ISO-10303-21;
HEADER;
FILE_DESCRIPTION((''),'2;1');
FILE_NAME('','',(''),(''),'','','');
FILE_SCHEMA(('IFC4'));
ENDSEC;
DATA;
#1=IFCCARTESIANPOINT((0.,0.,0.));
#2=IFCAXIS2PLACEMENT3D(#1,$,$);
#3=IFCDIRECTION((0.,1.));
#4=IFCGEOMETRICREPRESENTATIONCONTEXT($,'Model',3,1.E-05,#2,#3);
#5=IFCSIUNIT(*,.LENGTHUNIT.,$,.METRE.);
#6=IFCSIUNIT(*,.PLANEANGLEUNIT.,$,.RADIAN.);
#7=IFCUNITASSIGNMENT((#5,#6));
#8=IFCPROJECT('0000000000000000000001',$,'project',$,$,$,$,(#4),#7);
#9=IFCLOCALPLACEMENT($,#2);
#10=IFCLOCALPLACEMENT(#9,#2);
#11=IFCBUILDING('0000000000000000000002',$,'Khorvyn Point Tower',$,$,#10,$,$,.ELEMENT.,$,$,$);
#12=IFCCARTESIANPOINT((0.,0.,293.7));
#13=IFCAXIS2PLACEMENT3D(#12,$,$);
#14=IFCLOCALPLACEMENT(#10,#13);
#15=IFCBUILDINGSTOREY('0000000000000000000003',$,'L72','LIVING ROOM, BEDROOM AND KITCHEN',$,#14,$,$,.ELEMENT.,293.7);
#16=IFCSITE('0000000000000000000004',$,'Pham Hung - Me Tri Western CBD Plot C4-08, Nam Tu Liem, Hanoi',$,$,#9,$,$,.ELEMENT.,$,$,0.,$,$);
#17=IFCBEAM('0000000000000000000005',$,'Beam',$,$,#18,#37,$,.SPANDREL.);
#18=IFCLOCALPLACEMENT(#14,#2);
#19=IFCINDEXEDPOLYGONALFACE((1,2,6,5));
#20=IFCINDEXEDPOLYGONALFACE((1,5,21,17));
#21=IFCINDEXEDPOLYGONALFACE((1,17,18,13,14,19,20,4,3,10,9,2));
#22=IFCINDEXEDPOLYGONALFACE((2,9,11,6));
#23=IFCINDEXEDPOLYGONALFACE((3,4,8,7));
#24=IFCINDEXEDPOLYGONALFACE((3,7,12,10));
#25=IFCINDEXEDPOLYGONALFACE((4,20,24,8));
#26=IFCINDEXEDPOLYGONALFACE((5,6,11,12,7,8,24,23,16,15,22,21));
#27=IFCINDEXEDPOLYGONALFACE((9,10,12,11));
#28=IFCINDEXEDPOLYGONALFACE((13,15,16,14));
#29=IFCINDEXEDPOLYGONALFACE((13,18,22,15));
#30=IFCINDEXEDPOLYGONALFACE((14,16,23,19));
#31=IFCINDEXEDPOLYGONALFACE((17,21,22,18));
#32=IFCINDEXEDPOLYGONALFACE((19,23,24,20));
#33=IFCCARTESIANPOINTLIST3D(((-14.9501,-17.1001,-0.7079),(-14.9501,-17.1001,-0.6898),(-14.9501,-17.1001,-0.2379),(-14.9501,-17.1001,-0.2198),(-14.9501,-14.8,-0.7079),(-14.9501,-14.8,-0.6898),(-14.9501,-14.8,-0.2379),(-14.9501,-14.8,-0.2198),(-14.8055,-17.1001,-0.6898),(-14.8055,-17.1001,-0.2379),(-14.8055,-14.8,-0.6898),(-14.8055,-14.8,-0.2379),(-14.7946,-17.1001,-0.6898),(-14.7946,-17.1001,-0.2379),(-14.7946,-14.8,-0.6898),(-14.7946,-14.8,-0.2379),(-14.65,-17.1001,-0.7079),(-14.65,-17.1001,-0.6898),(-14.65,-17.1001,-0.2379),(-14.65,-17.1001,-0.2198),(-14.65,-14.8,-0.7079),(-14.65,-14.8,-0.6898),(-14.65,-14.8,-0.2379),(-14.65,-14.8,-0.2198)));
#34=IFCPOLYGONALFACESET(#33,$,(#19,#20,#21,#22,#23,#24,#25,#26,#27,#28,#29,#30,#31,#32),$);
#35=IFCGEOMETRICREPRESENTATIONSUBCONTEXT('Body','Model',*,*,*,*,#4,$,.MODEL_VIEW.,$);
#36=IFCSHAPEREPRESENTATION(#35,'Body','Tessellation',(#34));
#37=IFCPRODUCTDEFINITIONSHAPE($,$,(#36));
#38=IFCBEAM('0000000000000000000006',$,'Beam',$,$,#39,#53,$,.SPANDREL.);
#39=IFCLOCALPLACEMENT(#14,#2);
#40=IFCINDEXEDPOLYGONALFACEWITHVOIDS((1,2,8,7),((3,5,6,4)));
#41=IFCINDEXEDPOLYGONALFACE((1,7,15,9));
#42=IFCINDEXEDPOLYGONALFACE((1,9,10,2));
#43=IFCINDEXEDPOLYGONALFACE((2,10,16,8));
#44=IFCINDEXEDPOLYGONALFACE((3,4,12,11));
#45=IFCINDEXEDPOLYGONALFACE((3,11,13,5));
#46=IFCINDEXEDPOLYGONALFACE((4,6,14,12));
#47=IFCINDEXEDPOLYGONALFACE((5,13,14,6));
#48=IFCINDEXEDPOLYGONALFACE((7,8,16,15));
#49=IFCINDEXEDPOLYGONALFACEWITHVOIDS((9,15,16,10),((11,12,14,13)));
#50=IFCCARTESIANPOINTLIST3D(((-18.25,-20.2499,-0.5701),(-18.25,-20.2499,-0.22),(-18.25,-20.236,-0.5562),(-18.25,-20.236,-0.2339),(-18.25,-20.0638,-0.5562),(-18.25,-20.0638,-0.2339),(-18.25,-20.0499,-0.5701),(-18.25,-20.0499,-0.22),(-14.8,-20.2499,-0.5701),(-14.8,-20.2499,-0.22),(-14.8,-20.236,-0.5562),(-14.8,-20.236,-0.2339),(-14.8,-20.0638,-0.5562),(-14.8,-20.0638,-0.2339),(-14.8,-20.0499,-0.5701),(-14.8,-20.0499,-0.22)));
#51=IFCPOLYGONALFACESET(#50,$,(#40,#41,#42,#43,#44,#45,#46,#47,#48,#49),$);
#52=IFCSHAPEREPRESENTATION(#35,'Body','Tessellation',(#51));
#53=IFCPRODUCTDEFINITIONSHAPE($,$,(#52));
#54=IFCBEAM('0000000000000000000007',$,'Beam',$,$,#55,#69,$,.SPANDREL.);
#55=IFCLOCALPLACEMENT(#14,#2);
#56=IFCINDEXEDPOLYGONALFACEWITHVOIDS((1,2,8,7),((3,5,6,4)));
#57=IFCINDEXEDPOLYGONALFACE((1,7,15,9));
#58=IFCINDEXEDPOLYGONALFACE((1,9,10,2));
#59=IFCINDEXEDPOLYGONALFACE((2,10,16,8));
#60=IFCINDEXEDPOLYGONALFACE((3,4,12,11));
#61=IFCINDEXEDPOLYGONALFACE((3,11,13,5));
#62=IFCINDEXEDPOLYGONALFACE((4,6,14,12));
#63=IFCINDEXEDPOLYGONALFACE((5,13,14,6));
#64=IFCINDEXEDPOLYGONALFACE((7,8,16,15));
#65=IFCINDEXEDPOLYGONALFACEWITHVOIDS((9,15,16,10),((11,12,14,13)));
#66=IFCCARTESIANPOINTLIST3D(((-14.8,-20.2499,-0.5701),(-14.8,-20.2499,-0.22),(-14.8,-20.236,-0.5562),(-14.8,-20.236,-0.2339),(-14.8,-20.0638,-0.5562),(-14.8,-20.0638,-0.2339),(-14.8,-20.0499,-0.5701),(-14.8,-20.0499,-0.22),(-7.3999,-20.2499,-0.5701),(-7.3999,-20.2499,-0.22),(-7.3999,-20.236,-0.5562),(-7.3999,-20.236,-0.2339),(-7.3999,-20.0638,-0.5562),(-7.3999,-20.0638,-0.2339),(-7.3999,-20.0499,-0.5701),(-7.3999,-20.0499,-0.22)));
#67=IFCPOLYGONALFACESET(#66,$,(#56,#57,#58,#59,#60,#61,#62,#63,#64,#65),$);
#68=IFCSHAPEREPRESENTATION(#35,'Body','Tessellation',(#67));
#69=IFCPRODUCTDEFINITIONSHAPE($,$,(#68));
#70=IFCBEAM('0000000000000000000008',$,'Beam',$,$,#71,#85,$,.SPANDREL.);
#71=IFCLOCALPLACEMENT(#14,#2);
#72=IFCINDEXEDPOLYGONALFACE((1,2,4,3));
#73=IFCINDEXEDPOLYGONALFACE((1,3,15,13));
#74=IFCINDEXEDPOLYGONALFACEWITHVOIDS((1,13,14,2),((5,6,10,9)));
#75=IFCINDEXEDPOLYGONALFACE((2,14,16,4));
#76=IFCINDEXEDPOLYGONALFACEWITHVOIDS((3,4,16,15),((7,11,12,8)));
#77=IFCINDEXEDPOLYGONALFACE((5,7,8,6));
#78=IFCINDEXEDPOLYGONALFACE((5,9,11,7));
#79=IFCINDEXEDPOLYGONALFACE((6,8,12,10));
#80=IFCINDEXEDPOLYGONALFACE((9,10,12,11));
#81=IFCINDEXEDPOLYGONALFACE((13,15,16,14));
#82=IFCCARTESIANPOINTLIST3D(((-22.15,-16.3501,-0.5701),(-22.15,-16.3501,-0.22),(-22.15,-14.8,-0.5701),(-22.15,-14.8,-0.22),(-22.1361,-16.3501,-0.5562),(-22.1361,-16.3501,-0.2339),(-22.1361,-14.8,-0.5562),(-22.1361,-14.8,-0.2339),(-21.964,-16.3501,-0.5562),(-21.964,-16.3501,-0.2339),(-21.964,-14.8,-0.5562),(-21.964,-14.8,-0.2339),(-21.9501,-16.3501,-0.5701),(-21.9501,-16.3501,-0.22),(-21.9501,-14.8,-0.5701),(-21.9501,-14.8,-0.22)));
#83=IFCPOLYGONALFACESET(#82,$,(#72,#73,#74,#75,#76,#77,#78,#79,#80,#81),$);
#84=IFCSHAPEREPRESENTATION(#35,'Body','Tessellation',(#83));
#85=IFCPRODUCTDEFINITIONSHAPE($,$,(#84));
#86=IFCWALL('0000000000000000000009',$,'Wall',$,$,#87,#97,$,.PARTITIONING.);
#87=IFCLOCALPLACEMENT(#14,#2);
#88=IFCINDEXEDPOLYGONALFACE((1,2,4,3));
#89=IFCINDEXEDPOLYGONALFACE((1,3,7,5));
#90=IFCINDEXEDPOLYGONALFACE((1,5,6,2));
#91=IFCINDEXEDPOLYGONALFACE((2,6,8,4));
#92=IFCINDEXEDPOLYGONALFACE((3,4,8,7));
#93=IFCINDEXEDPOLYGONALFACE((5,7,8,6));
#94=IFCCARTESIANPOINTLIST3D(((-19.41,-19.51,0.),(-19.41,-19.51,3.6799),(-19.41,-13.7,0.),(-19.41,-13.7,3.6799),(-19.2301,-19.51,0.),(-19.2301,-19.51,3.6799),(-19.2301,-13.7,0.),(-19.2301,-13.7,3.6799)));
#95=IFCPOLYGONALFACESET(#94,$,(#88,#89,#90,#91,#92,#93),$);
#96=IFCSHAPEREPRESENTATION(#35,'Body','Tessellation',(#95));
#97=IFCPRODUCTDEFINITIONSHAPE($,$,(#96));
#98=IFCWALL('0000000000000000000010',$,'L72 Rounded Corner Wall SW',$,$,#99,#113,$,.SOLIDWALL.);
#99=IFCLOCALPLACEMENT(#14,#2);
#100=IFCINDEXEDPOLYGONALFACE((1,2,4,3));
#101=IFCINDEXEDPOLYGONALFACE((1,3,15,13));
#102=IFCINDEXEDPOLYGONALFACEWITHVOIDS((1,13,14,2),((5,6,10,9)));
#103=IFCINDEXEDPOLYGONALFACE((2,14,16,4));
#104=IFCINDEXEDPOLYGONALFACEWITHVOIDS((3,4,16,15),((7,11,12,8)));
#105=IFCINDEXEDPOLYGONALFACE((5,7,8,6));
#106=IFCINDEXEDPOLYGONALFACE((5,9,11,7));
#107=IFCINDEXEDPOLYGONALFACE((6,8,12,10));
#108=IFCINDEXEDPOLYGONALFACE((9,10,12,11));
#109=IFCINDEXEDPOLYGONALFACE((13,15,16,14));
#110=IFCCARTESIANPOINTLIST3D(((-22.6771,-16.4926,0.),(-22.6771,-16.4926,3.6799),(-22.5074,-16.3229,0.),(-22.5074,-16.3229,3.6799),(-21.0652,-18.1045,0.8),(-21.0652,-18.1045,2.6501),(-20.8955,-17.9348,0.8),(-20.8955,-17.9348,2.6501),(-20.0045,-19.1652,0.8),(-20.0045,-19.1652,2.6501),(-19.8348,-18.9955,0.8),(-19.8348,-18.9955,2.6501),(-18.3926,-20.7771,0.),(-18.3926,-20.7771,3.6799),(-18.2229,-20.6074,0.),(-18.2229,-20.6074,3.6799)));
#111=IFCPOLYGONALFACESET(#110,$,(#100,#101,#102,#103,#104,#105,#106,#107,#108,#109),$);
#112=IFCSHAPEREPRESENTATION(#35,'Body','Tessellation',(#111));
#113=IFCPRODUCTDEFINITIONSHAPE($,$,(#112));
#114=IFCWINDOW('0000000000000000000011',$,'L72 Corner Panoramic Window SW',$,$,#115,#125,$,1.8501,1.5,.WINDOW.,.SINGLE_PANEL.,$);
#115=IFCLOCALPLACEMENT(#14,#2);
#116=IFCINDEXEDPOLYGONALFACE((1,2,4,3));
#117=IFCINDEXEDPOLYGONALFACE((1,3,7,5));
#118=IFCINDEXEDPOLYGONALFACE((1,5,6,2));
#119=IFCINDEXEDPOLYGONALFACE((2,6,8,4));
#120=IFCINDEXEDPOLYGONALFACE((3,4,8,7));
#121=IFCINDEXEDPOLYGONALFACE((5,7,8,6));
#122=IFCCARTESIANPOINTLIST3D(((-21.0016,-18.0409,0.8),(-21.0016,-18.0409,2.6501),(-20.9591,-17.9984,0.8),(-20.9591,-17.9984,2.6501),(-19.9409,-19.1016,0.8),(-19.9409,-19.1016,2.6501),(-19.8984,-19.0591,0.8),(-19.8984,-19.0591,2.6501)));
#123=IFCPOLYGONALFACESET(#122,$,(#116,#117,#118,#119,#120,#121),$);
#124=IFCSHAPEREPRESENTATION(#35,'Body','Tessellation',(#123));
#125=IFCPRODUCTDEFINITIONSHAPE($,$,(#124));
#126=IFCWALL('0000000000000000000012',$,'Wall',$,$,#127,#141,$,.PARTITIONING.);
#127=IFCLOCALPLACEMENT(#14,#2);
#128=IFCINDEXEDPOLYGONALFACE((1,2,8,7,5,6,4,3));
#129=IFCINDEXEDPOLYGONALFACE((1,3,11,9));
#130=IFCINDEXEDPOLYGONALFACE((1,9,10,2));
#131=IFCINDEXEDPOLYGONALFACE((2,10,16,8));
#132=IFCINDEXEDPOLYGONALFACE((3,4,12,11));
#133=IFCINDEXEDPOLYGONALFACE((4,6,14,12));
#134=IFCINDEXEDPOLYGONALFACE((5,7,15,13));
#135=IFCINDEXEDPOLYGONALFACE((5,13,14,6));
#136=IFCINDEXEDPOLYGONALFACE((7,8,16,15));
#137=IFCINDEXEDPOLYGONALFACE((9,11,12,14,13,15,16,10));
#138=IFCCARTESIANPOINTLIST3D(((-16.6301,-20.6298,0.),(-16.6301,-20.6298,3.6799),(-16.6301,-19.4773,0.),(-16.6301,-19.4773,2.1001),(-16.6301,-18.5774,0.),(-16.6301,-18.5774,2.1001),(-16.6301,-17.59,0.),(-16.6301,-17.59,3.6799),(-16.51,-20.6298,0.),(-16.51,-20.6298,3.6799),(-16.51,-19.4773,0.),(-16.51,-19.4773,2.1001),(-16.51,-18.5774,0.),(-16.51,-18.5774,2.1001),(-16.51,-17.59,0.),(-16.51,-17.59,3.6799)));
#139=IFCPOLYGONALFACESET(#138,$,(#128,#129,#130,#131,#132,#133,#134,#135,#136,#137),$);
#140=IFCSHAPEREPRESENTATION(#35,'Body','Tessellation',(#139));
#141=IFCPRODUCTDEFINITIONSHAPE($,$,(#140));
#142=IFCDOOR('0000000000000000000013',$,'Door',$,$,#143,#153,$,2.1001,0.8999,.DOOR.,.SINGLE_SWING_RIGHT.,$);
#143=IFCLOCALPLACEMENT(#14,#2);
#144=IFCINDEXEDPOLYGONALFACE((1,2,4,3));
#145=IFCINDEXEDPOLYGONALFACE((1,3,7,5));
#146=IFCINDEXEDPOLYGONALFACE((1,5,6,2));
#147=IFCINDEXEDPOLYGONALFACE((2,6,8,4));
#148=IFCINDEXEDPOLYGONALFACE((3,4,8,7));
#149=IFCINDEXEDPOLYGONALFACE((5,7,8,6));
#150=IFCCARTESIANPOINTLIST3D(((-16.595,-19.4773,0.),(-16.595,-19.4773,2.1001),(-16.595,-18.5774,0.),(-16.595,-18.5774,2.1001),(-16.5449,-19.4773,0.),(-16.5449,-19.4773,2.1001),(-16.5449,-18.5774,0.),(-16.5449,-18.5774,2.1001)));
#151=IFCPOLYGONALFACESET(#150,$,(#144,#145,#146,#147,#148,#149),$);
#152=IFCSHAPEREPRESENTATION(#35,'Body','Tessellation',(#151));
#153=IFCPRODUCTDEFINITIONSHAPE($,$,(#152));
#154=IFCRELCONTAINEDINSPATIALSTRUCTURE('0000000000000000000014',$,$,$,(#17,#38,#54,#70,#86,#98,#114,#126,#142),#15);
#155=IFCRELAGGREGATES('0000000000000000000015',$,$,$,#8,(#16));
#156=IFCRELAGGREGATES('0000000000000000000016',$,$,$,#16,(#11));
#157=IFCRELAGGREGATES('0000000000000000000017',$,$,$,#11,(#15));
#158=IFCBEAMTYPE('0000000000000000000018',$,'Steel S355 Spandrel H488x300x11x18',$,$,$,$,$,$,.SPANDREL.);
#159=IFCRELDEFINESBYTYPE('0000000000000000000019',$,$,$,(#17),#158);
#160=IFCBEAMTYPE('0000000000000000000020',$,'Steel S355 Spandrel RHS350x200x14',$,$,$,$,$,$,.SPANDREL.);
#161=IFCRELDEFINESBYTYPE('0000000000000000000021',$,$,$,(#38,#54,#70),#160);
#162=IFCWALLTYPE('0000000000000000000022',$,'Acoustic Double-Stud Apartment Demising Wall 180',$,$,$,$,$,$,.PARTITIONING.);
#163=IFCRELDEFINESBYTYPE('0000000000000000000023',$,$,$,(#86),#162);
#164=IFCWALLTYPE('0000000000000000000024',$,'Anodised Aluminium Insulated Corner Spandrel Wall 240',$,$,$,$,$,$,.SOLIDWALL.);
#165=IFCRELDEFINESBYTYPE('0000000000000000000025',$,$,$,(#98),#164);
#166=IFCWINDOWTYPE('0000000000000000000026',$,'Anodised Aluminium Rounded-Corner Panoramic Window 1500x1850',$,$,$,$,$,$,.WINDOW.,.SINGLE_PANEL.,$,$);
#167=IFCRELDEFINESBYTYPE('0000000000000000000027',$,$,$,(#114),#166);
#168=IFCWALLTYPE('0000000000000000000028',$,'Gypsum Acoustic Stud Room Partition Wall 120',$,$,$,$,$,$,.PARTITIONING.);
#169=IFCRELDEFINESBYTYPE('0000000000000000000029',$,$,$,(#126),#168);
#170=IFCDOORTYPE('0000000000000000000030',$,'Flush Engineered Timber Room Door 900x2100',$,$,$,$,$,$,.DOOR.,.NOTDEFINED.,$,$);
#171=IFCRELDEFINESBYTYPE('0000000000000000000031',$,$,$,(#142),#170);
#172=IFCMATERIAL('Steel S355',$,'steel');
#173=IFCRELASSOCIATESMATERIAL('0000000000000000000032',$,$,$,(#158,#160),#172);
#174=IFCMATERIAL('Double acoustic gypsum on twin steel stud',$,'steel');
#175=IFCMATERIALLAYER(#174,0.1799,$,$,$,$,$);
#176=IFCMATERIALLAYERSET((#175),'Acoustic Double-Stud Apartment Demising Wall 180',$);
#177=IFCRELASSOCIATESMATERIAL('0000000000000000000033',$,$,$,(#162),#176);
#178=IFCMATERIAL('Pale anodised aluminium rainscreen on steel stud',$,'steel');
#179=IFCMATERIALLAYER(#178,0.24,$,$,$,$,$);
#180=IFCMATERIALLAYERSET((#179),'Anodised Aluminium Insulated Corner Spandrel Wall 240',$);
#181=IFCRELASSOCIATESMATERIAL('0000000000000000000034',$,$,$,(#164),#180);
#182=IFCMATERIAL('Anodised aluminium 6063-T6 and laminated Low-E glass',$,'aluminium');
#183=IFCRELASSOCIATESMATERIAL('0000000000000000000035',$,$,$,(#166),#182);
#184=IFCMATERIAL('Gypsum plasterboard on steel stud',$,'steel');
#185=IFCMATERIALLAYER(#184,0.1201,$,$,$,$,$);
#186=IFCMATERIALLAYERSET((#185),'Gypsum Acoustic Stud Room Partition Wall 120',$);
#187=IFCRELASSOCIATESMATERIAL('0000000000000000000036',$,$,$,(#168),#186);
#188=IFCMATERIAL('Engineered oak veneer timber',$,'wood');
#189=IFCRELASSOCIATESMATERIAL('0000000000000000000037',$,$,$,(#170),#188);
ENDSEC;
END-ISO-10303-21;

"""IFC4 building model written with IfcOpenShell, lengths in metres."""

from ifc_helpers import new_model, si_unit, direction, frame, frame_2d, origin, origin_2d, place, context, subcontext, project, spatial, rectangle, hollow_rectangle, i_section, extrude, material, layer, layer_set, material_profile, profile_set, type_object, element, fill, save


model = new_model("IFC4")

# Units and contexts
model_context = context("Model", 3, precision=1e-05, world=origin(), true_north=direction((0.0, 1.0)))
body_context = subcontext(model_context, "Body", "Model", "MODEL_VIEW")
ifc_project = project(units=[si_unit("LENGTHUNIT", "METRE"), si_unit("PLANEANGLEUNIT", "RADIAN")], contexts=[model_context])

# Site, building, storey
site_placement = place(None, origin())
site = spatial("IfcSite", under=ifc_project, at=site_placement, Name="Pham Hung - Me Tri Western CBD Plot C4-08, Nam Tu Liem, Hanoi", CompositionType="ELEMENT", RefElevation=0.0)
building_placement = place(site_placement, origin())
building = spatial("IfcBuilding", under=site, at=building_placement, Name="Khorvyn Point Tower", CompositionType="ELEMENT")
storey_placement = place(building_placement, frame((0.0, 0.0, 293.7)))
storey = spatial("IfcBuildingStorey", under=building, at=storey_placement, Name="L72", Description="LIVING ROOM, BEDROOM AND KITCHEN", CompositionType="ELEMENT", Elevation=293.7)

# Shared definitions
ifc_material_1 = material(Name="Steel S355", Category="steel")

# Shared definitions
ifc_material_2 = material(Name="Anodised aluminium 6063-T6 and laminated Low-E glass", Category="aluminium")

# Beams
ifc_material_profile_1 = material_profile(ifc_material_1, i_section(OverallWidth=0.3, OverallDepth=0.488, WebThickness=0.011, FlangeThickness=0.0181, at=origin_2d()))
ifc_profile_set_1 = profile_set([ifc_material_profile_1], Name="Steel S355 H488x300x11x18")
beam_type_1 = type_object("IfcBeamType", Name="Steel S355 Spandrel H488x300x11x18", PredefinedType="SPANDREL", material=ifc_profile_set_1)
beam_1_placement = place(storey_placement, frame((-14.8, -17.1001, -0.4639), z_axis=(0.0, 1.0, 0.0), x_axis=(-1.0, 0.0, 0.0)))
element("IfcBeam", 1, at=beam_1_placement, inside=storey, type_object=beam_type_1, Name="Beam", PredefinedType="SPANDREL", context=body_context, shape_type="SweptSolid", body=[
    extrude(i_section(OverallWidth=0.3, OverallDepth=0.488, WebThickness=0.011, FlangeThickness=0.0181, at=origin_2d()), origin(), (0.0, 0.0, 1.0), 2.3),
])
ifc_material_profile_2 = material_profile(ifc_material_1, hollow_rectangle(XDim=0.2, YDim=0.3501, WallThickness=0.0139, at=origin_2d()))
ifc_profile_set_2 = profile_set([ifc_material_profile_2], Name="Steel S355 RHS350x200x14")
beam_type_2 = type_object("IfcBeamType", Name="Steel S355 Spandrel RHS350x200x14", PredefinedType="SPANDREL", material=ifc_profile_set_2)
beam_2_placement = place(storey_placement, frame((-18.25, -20.1499, -0.395), z_axis=(1.0, 0.0, 0.0), x_axis=(0.0, 1.0, 0.0)))
element("IfcBeam", 2, at=beam_2_placement, inside=storey, type_object=beam_type_2, Name="Beam", PredefinedType="SPANDREL", context=body_context, shape_type="SweptSolid", body=[
    extrude(hollow_rectangle(XDim=0.2, YDim=0.3501, WallThickness=0.0139, at=origin_2d()), origin(), (0.0, 0.0, 1.0), 3.45),
])
beam_3_placement = place(storey_placement, frame((-14.8, -20.1499, -0.395), z_axis=(1.0, 0.0, 0.0), x_axis=(0.0, 1.0, 0.0)))
element("IfcBeam", 3, at=beam_3_placement, inside=storey, type_object=beam_type_2, Name="Beam", PredefinedType="SPANDREL", context=body_context, shape_type="SweptSolid", body=[
    extrude(hollow_rectangle(XDim=0.2, YDim=0.3501, WallThickness=0.0139, at=origin_2d()), origin(), (0.0, 0.0, 1.0), 7.4001),
])
beam_4_placement = place(storey_placement, frame((-22.05, -16.3501, -0.395), z_axis=(0.0, 1.0, 0.0), x_axis=(-1.0, 0.0, 0.0)))
element("IfcBeam", 4, at=beam_4_placement, inside=storey, type_object=beam_type_2, Name="Beam", PredefinedType="SPANDREL", context=body_context, shape_type="SweptSolid", body=[
    extrude(hollow_rectangle(XDim=0.2, YDim=0.3501, WallThickness=0.0139, at=origin_2d()), origin(), (0.0, 0.0, 1.0), 1.55),
])

# Wall
ifc_material_3 = material(Name="Double acoustic gypsum on twin steel stud", Category="steel")
ifc_layer_1 = layer(ifc_material_3, 0.1799)
ifc_layer_set_1 = layer_set([ifc_layer_1], Name="Acoustic Double-Stud Apartment Demising Wall 180")
wall_type_1 = type_object("IfcWallType", Name="Acoustic Double-Stud Apartment Demising Wall 180", PredefinedType="PARTITIONING", material=ifc_layer_set_1)
wall_1_placement = place(storey_placement, frame((-19.3201, -19.51, 0.0), z_axis=(0.0, 0.0, 1.0), x_axis=(0.0, 1.0, 0.0)))
element("IfcWall", 5, at=wall_1_placement, inside=storey, type_object=wall_type_1, Name="Wall", PredefinedType="PARTITIONING", context=body_context, shape_type="SweptSolid", body=[
    extrude(rectangle(XDim=5.8101, YDim=0.1799, at=frame_2d((2.905, 0.0))), origin(), (0.0, 0.0, 1.0), 3.6799),
])

# Wall, opening, window
ifc_material_4 = material(Name="Pale anodised aluminium rainscreen on steel stud", Category="steel")
ifc_layer_2 = layer(ifc_material_4, 0.24)
ifc_layer_set_2 = layer_set([ifc_layer_2], Name="Anodised Aluminium Insulated Corner Spandrel Wall 240")
wall_type_2 = type_object("IfcWallType", Name="Anodised Aluminium Insulated Corner Spandrel Wall 240", PredefinedType="SOLIDWALL", material=ifc_layer_set_2)
wall_2_placement = place(storey_placement, frame((-18.3076, -20.6924, 0.0), z_axis=(0.0, 0.0, 1.0), x_axis=(-0.707107, 0.707107, 0.0)))
wall_2 = element("IfcWall", 6, at=wall_2_placement, inside=storey, type_object=wall_type_2, Name="L72 Rounded Corner Wall SW", PredefinedType="SOLIDWALL", context=body_context, shape_type="SweptSolid", body=[
    extrude(rectangle(XDim=6.0593, YDim=0.24, at=frame_2d((3.0298, 0.0))), origin(), (0.0, 0.0, 1.0), 3.6799),
])
opening_1_placement = place(wall_2_placement, frame((2.2798, 0.0, 0.8)))
opening_1 = element("IfcOpeningElement", 7, at=opening_1_placement, cuts=wall_2, PredefinedType="OPENING", context=body_context, shape_type="SweptSolid", body=[
    extrude(rectangle(XDim=1.5, YDim=1.8501, at=frame_2d((0.75, 0.925))), frame((0.0, 0.1299, 0.0), z_axis=(0.0, -1.0, 0.0), x_axis=(1.0, 0.0, 0.0)), (0.0, 0.0, 1.0), 0.26),
])
window_type = type_object("IfcWindowType", Name="Anodised Aluminium Rounded-Corner Panoramic Window 1500x1850", PartitioningType="SINGLE_PANEL", PredefinedType="WINDOW", material=ifc_material_2)
window_placement = place(opening_1_placement, origin())
window = element("IfcWindow", 8, at=window_placement, inside=storey, type_object=window_type, Name="L72 Corner Panoramic Window SW", OverallHeight=1.8501, OverallWidth=1.5, PartitioningType="SINGLE_PANEL", PredefinedType="WINDOW", context=body_context, shape_type="SweptSolid", body=[
    extrude(rectangle(XDim=1.5, YDim=1.8501, at=frame_2d((0.75, 0.925))), frame((0.0, 0.03, 0.0), z_axis=(0.0, -1.0, 0.0), x_axis=(1.0, 0.0, 0.0)), (0.0, 0.0, 1.0), 0.0601),
])
fill(opening_1, window)

# Wall, opening, door
ifc_material_5 = material(Name="Gypsum plasterboard on steel stud", Category="steel")
ifc_layer_3 = layer(ifc_material_5, 0.1201)
ifc_layer_set_3 = layer_set([ifc_layer_3], Name="Gypsum Acoustic Stud Room Partition Wall 120")
wall_type_3 = type_object("IfcWallType", Name="Gypsum Acoustic Stud Room Partition Wall 120", PredefinedType="PARTITIONING", material=ifc_layer_set_3)
wall_3_placement = place(storey_placement, frame((-16.5701, -20.6299, 0.0), z_axis=(0.0, 0.0, 1.0), x_axis=(0.0, 1.0, 0.0)))
wall_3 = element("IfcWall", 9, at=wall_3_placement, inside=storey, type_object=wall_type_3, Name="Wall", PredefinedType="PARTITIONING", context=body_context, shape_type="SweptSolid", body=[
    extrude(rectangle(XDim=3.0398, YDim=0.1201, at=frame_2d((1.52, 0.0))), origin(), (0.0, 0.0, 1.0), 3.6799),
])
opening_2_placement = place(wall_3_placement, frame((1.1526, 0.0, 0.0)))
opening_2 = element("IfcOpeningElement", 10, at=opening_2_placement, cuts=wall_3, PredefinedType="OPENING", context=body_context, shape_type="SweptSolid", body=[
    extrude(rectangle(XDim=0.8999, YDim=2.1001, at=frame_2d((0.45, 1.05))), frame((0.0, 0.0701, 0.0), z_axis=(0.0, -1.0, 0.0), x_axis=(1.0, 0.0, 0.0)), (0.0, 0.0, 1.0), 0.1401),
])
ifc_material_6 = material(Name="Engineered oak veneer timber", Category="wood")
door_type_1 = type_object("IfcDoorType", Name="Flush Engineered Timber Room Door 900x2100", OperationType="NOTDEFINED", PredefinedType="DOOR", material=ifc_material_6)
door_1_placement = place(opening_2_placement, origin())
door_1 = element("IfcDoor", 11, at=door_1_placement, inside=storey, type_object=door_type_1, Name="Door", OperationType="SINGLE_SWING_RIGHT", OverallHeight=2.1001, OverallWidth=0.8999, PredefinedType="DOOR", context=body_context, shape_type="SweptSolid", body=[
    extrude(rectangle(XDim=0.8999, YDim=2.1001, at=frame_2d((0.45, 1.05))), frame((0.0, 0.0249, 0.0), z_axis=(0.0, -1.0, 0.0), x_axis=(1.0, 0.0, 0.0)), (0.0, 0.0, 1.0), 0.05),
])
fill(opening_2, door_1)

save(model, "model.ifc")
